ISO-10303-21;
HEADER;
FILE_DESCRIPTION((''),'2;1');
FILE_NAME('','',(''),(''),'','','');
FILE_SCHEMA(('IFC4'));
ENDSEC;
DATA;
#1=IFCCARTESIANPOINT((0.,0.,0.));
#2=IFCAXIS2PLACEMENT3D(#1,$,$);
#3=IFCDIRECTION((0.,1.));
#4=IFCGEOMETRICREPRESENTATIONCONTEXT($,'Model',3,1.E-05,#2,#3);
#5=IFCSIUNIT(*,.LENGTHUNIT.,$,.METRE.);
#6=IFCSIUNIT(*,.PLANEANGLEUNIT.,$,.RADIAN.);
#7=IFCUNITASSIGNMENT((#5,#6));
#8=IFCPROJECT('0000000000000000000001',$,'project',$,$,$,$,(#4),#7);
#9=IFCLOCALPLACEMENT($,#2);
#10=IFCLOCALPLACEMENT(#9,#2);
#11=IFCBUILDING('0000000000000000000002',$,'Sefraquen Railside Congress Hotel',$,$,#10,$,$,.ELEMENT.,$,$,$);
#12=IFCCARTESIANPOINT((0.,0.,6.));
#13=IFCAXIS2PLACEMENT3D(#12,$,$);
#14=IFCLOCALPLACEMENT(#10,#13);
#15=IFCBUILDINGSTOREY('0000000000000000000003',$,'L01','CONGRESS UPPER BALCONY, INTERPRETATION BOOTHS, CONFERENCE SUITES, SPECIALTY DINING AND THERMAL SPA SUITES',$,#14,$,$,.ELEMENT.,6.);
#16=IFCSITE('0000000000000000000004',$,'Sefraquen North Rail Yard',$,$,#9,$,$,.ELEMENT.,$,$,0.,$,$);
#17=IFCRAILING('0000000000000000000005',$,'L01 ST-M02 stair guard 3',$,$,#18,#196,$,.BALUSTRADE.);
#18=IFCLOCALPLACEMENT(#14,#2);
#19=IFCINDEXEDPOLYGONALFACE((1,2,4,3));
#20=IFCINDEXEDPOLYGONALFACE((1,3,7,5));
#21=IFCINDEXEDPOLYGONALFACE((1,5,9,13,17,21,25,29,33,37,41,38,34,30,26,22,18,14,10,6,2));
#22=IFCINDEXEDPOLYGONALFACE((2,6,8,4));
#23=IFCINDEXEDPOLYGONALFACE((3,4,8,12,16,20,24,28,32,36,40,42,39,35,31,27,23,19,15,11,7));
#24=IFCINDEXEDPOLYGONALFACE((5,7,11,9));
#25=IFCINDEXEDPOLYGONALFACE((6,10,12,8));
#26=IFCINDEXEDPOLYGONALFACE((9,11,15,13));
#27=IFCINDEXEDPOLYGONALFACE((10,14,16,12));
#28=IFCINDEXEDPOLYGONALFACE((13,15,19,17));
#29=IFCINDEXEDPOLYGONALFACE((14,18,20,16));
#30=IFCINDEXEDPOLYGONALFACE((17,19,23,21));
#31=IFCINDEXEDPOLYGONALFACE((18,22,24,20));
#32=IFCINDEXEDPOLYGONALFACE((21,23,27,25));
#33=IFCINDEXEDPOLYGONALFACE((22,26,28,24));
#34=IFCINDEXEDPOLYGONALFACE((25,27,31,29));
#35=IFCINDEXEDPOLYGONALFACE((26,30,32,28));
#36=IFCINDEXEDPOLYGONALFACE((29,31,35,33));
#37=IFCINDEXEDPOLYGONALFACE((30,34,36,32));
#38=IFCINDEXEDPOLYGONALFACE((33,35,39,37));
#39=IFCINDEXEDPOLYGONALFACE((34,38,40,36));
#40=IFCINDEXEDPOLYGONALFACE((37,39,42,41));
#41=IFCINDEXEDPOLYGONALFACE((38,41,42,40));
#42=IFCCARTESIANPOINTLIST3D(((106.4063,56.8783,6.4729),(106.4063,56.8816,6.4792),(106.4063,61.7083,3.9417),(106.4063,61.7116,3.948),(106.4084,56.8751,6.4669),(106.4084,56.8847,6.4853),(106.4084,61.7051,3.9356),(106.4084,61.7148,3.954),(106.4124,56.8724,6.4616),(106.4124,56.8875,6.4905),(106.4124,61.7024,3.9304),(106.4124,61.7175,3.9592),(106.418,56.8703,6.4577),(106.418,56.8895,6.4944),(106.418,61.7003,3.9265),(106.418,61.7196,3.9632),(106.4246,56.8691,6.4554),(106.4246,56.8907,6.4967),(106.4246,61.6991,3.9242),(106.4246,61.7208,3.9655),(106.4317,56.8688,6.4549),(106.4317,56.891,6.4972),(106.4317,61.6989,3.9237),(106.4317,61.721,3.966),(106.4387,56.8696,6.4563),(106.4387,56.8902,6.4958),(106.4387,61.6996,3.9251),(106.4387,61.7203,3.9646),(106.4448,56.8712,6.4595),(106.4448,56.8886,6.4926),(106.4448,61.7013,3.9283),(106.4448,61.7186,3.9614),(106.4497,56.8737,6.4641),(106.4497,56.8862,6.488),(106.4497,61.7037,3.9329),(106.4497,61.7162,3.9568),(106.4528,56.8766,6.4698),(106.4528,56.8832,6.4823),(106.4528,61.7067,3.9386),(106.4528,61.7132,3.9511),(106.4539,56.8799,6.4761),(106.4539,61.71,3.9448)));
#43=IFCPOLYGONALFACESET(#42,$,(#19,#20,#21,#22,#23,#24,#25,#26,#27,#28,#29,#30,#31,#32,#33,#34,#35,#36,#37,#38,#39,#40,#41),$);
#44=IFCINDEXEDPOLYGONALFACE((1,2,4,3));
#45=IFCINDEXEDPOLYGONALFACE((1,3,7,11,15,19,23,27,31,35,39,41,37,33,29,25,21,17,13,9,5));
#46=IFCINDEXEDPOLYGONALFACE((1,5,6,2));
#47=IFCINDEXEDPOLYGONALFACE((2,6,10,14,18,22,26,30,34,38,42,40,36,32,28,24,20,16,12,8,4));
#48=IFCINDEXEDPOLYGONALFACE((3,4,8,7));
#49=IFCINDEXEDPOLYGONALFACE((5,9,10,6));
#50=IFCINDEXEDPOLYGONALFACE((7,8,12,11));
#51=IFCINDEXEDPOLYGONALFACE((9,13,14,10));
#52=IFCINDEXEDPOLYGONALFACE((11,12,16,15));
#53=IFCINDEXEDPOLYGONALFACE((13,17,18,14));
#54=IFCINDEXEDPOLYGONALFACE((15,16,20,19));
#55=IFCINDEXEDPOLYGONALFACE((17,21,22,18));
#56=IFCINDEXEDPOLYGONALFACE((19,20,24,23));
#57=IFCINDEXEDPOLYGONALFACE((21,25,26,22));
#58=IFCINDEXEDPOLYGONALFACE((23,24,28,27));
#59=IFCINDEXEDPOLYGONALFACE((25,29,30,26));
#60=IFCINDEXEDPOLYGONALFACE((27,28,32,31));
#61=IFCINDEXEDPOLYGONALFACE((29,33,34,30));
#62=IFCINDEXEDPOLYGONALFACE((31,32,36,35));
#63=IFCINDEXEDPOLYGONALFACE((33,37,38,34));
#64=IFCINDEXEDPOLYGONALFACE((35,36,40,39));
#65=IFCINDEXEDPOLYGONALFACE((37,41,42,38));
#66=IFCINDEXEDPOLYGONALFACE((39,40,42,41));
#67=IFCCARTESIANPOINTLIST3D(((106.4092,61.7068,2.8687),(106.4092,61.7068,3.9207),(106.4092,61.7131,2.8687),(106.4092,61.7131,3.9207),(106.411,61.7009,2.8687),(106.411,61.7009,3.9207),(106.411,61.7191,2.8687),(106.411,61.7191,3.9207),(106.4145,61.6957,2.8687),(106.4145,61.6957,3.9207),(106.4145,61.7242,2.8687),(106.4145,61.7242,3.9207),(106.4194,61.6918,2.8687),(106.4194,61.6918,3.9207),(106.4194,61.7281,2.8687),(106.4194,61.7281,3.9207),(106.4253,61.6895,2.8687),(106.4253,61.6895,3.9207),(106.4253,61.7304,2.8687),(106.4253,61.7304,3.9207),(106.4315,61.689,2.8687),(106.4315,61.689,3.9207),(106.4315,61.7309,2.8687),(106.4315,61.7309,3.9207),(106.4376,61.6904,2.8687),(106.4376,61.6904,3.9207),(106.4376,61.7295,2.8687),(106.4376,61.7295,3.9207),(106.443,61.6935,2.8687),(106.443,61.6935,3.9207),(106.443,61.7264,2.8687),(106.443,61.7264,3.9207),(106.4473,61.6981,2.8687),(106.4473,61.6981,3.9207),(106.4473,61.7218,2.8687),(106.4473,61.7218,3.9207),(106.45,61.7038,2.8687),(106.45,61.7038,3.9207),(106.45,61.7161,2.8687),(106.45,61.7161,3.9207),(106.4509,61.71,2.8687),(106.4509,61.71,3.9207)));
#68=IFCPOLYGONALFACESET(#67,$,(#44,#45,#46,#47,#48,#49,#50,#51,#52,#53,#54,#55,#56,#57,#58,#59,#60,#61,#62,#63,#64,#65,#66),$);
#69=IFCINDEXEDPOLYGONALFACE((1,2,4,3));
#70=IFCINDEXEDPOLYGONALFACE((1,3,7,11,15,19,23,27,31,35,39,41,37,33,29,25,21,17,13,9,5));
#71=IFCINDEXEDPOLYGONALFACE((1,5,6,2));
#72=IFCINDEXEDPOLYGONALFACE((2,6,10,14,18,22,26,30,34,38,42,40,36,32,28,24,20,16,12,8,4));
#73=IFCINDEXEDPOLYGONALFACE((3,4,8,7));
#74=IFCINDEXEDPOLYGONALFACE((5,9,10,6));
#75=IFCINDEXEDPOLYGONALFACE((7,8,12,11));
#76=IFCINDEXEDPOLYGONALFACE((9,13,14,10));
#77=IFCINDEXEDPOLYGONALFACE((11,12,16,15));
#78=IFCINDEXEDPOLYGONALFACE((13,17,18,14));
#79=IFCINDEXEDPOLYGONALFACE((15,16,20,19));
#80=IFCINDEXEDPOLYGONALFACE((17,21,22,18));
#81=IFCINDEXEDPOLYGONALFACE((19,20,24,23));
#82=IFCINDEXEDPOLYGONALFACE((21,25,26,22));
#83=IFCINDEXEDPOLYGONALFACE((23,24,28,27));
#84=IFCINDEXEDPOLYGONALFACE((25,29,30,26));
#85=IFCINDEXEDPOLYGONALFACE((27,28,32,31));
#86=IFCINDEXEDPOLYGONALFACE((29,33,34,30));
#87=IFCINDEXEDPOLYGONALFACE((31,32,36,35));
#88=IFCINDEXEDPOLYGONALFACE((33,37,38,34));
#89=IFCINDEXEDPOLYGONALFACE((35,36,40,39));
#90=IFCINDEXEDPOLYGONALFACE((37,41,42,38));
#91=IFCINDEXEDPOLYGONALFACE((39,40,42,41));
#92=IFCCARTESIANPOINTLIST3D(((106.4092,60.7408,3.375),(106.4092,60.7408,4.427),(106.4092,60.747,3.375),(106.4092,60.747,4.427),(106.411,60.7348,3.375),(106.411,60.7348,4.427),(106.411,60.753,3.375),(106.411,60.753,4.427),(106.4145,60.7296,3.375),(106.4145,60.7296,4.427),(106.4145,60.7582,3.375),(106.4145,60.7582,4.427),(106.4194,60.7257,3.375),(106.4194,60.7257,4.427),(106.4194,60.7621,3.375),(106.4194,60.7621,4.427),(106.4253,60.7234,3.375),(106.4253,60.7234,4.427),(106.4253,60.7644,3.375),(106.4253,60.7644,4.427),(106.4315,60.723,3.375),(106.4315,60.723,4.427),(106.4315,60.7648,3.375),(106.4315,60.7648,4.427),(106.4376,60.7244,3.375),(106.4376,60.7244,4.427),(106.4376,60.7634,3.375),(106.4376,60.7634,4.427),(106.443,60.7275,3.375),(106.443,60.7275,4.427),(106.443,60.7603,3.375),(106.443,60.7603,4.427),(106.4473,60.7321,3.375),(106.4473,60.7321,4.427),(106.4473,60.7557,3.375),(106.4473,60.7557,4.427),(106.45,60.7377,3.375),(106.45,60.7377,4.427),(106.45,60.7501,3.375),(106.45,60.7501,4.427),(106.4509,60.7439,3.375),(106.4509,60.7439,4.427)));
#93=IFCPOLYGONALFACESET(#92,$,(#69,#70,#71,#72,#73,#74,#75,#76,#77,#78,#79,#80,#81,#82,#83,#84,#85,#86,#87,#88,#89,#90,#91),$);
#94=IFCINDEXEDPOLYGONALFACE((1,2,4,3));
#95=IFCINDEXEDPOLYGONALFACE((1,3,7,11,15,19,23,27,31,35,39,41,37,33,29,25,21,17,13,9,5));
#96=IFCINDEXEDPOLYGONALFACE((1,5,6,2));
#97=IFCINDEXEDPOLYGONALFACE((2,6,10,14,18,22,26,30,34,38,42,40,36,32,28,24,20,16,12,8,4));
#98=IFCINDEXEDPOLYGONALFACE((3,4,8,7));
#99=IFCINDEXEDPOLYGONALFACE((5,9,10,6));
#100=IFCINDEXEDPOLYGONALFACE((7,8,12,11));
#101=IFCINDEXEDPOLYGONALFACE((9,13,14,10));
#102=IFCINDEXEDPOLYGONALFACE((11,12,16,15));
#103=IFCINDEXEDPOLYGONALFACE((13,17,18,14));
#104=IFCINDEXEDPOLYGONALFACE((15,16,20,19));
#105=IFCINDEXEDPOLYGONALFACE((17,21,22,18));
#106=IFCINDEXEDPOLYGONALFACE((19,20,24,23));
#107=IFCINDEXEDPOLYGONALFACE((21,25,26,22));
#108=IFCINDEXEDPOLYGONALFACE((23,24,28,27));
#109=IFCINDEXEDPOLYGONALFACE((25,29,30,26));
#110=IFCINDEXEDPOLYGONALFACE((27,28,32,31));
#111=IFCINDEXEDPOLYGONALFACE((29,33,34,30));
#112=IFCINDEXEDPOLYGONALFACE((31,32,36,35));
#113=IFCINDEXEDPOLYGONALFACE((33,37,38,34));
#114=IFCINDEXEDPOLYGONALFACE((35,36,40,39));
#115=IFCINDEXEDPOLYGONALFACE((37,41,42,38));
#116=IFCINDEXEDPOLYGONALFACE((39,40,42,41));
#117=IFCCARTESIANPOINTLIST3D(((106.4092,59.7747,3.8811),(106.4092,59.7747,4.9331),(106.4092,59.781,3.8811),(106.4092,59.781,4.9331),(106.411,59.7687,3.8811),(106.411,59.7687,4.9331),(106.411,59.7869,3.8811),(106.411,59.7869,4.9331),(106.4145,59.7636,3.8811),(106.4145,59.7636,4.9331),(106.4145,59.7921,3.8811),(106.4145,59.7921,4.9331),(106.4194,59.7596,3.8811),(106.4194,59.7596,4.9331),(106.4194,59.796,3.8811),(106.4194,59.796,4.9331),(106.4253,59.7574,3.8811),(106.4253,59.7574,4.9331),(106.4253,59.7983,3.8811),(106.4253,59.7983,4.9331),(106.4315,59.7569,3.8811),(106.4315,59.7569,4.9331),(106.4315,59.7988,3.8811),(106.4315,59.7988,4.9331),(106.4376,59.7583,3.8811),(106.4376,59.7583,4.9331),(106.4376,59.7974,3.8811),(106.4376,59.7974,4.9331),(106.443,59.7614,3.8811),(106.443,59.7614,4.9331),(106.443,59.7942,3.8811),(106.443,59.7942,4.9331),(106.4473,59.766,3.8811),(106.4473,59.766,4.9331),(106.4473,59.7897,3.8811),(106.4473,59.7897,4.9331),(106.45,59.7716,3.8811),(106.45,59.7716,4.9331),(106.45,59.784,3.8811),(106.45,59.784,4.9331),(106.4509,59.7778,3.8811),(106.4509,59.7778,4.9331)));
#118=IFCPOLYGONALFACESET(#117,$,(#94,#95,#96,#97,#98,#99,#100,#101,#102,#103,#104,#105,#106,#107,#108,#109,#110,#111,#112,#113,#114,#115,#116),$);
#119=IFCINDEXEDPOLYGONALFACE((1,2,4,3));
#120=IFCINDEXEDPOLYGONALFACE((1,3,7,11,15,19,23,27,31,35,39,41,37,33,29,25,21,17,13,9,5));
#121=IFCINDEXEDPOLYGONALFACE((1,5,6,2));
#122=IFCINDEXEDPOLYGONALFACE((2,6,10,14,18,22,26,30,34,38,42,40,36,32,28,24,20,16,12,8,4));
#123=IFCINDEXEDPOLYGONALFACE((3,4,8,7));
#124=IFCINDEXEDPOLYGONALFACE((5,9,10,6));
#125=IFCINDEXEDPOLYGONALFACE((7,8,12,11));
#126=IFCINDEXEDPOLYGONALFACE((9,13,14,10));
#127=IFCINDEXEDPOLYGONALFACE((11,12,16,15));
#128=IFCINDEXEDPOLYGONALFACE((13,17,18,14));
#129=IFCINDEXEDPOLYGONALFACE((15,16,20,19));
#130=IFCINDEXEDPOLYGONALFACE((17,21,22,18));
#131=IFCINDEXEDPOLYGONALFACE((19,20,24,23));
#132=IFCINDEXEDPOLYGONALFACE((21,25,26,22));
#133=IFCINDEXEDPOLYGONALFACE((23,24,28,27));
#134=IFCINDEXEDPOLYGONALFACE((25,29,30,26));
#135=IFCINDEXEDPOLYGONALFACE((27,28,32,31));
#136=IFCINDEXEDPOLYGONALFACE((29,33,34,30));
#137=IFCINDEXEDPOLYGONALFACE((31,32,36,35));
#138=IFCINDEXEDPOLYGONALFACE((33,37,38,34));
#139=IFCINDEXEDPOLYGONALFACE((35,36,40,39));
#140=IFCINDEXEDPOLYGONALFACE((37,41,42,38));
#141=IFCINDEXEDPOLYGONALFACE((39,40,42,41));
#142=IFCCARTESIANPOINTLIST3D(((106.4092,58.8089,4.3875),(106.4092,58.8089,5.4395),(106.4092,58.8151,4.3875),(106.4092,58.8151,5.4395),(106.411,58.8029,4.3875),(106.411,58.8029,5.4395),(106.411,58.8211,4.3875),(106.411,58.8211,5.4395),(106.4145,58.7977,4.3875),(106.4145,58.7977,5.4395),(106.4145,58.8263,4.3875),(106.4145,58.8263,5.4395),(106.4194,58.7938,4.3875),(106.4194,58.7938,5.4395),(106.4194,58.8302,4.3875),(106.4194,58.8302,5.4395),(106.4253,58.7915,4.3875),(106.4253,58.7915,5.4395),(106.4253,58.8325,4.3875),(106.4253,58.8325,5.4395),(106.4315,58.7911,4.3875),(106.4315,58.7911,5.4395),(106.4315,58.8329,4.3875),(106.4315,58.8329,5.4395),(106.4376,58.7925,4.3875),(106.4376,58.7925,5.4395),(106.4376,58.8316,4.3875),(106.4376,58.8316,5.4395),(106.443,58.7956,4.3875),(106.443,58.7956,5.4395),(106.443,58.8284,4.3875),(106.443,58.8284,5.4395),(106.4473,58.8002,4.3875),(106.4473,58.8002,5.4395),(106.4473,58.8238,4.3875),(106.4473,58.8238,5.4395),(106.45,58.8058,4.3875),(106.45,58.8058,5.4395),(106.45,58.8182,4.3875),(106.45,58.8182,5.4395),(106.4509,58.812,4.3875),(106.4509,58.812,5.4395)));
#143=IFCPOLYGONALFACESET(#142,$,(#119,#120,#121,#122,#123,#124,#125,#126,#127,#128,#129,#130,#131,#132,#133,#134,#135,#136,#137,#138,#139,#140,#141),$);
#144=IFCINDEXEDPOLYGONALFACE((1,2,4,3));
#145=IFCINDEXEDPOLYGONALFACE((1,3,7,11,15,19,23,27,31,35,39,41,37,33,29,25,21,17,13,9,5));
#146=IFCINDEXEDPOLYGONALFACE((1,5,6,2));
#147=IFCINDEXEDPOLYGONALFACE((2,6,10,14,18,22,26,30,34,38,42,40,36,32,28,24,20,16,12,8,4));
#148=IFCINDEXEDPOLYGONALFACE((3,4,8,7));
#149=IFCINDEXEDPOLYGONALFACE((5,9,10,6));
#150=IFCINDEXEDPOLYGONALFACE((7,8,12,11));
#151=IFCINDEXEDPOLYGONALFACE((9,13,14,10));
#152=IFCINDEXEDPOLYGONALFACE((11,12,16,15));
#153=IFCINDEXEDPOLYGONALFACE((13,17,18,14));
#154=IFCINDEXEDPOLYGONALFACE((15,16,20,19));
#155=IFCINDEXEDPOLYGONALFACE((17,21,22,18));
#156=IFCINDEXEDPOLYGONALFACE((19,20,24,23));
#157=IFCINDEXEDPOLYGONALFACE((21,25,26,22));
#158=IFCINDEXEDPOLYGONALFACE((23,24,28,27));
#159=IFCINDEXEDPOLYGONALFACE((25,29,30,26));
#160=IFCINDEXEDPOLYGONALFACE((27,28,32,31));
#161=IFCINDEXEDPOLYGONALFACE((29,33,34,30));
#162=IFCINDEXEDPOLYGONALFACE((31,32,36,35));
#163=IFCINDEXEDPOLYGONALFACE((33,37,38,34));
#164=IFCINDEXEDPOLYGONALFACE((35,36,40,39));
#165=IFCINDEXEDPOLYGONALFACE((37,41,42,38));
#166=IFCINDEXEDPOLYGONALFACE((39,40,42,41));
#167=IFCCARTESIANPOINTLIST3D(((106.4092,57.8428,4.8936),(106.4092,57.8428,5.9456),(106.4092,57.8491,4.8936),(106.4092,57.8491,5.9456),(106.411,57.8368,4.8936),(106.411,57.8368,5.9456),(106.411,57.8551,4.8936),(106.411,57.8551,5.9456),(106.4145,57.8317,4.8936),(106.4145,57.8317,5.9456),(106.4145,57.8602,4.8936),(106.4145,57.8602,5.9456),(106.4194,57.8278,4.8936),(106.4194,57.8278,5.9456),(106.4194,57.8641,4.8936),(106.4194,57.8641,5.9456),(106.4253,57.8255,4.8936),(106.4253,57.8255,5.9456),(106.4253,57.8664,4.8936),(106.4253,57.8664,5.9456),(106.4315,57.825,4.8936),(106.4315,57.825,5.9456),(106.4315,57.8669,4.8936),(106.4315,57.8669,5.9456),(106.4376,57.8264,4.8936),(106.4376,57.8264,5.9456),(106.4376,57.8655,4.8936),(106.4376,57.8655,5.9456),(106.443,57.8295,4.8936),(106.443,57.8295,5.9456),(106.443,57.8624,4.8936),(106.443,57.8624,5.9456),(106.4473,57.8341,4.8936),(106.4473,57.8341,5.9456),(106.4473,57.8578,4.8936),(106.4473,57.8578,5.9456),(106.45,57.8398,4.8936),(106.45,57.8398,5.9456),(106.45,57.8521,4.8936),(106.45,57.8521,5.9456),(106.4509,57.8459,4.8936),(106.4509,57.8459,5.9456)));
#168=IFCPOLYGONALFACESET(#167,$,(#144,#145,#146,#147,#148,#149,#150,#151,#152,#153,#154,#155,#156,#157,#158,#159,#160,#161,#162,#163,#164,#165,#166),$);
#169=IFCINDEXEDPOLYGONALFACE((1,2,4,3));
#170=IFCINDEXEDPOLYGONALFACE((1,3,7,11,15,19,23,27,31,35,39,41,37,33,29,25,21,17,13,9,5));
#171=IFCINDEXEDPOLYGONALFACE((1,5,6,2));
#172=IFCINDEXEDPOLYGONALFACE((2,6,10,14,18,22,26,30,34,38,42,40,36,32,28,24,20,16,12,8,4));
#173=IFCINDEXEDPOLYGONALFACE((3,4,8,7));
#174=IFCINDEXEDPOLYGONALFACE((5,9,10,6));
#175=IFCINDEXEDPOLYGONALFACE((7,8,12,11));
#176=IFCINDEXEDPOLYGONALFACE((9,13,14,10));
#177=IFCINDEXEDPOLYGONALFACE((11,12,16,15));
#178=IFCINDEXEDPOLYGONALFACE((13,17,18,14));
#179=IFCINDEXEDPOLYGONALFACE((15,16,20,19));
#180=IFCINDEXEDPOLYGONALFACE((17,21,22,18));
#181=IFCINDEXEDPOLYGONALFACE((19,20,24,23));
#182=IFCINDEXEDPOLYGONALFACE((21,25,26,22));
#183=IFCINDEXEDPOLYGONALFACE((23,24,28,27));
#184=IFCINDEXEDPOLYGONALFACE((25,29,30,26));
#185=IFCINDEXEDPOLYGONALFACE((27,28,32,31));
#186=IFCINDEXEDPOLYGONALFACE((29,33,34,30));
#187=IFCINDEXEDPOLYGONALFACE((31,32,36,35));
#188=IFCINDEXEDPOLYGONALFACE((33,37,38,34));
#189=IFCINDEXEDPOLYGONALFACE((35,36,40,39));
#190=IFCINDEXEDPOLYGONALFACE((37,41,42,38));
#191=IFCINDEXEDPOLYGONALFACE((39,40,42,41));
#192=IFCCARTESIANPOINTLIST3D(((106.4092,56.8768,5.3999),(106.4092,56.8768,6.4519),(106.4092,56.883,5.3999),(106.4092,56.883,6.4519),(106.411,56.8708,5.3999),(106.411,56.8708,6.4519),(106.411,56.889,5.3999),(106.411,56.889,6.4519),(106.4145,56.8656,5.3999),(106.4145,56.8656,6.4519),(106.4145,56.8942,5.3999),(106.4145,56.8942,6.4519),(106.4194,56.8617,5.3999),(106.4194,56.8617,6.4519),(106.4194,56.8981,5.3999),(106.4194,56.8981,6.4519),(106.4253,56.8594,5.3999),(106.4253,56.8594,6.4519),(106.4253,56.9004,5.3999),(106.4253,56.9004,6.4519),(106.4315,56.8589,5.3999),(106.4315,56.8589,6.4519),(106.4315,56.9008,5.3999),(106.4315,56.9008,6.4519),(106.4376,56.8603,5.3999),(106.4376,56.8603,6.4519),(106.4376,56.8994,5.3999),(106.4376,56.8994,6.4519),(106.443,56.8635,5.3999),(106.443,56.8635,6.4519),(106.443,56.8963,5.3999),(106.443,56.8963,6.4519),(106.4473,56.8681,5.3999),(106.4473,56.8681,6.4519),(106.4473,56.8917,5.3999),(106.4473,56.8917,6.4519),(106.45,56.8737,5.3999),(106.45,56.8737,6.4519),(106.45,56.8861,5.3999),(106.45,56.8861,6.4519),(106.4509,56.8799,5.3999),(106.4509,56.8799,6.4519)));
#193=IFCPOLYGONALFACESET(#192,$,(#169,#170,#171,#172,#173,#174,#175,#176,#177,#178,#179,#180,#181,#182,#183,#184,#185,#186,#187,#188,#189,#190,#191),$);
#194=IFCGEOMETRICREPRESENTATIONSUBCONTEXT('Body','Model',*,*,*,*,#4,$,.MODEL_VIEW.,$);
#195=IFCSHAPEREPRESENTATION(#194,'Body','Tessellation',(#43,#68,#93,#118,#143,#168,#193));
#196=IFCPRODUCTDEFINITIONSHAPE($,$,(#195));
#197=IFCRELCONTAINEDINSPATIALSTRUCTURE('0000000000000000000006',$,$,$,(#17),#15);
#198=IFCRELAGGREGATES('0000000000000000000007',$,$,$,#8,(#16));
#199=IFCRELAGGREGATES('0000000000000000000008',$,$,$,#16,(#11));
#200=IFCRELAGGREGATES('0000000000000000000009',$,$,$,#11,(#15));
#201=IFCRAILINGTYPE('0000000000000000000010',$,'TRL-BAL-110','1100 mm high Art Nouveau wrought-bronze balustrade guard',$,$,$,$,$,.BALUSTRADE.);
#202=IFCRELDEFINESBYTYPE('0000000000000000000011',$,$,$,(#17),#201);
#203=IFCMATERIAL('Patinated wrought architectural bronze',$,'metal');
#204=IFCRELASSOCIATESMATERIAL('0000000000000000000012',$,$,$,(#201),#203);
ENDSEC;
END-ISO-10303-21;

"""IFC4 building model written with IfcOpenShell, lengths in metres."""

from ifc_helpers import new_model, si_unit, direction, frame, origin, origin_2d, place, context, subcontext, project, spatial, circle, extrude, material, type_object, element, save


model = new_model("IFC4")

# Units and contexts
model_context = context("Model", 3, precision=1e-05, world=origin(), true_north=direction((0.0, 1.0)))
body_context = subcontext(model_context, "Body", "Model", "MODEL_VIEW")
ifc_project = project(units=[si_unit("LENGTHUNIT", "METRE"), si_unit("PLANEANGLEUNIT", "RADIAN")], contexts=[model_context])

# Site, building, storey
site_placement = place(None, origin())
site = spatial("IfcSite", under=ifc_project, at=site_placement, Name="Sefraquen North Rail Yard", CompositionType="ELEMENT", RefElevation=0.0)
building_placement = place(site_placement, origin())
building = spatial("IfcBuilding", under=site, at=building_placement, Name="Sefraquen Railside Congress Hotel", CompositionType="ELEMENT")
storey_placement = place(building_placement, frame((0.0, 0.0, 6.0)))
storey = spatial("IfcBuildingStorey", under=building, at=storey_placement, Name="L01", Description="CONGRESS UPPER BALCONY, INTERPRETATION BOOTHS, CONFERENCE SUITES, SPECIALTY DINING AND THERMAL SPA SUITES", CompositionType="ELEMENT", Elevation=6.0)

# Railing
ifc_material_1 = material(Name="Patinated wrought architectural bronze", Category="metal")
railing_type_1 = type_object("IfcRailingType", Name="TRL-BAL-110", Description="1100 mm high Art Nouveau wrought-bronze balustrade guard", PredefinedType="BALUSTRADE", material=ifc_material_1)
railing_1_placement = place(storey_placement, frame((106.4299, 61.71, 2.8687)))
element("IfcRailing", 1, at=railing_1_placement, inside=storey, type_object=railing_type_1, Name="L01 ST-M02 stair guard 3", PredefinedType="BALUSTRADE", context=body_context, shape_type="SweptSolid", body=[
    extrude(circle(Radius=0.0239, at=origin_2d()), frame((0.0, 0.0, 1.0762), z_axis=(0.0, -0.88574, 0.464181), x_axis=(1.0, 0.0, 0.0)), (0.0, 0.0, 1.0), 5.4531),
    extrude(circle(Radius=0.021, at=origin_2d()), origin(), (0.0, 0.0, 1.0), 1.052),
    extrude(circle(Radius=0.021, at=origin_2d()), frame((0.0, -0.9661, 0.5063)), (0.0, 0.0, 1.0), 1.052),
    extrude(circle(Radius=0.021, at=origin_2d()), frame((0.0, -1.9321, 1.0125)), (0.0, 0.0, 1.0), 1.052),
    extrude(circle(Radius=0.021, at=origin_2d()), frame((0.0, -2.8979, 1.5188)), (0.0, 0.0, 1.0), 1.052),
    extrude(circle(Radius=0.021, at=origin_2d()), frame((0.0, -3.864, 2.0249)), (0.0, 0.0, 1.0), 1.052),
    extrude(circle(Radius=0.021, at=origin_2d()), frame((0.0, -4.8301, 2.5312)), (0.0, 0.0, 1.0), 1.052),
])

save(model, "model.ifc")
